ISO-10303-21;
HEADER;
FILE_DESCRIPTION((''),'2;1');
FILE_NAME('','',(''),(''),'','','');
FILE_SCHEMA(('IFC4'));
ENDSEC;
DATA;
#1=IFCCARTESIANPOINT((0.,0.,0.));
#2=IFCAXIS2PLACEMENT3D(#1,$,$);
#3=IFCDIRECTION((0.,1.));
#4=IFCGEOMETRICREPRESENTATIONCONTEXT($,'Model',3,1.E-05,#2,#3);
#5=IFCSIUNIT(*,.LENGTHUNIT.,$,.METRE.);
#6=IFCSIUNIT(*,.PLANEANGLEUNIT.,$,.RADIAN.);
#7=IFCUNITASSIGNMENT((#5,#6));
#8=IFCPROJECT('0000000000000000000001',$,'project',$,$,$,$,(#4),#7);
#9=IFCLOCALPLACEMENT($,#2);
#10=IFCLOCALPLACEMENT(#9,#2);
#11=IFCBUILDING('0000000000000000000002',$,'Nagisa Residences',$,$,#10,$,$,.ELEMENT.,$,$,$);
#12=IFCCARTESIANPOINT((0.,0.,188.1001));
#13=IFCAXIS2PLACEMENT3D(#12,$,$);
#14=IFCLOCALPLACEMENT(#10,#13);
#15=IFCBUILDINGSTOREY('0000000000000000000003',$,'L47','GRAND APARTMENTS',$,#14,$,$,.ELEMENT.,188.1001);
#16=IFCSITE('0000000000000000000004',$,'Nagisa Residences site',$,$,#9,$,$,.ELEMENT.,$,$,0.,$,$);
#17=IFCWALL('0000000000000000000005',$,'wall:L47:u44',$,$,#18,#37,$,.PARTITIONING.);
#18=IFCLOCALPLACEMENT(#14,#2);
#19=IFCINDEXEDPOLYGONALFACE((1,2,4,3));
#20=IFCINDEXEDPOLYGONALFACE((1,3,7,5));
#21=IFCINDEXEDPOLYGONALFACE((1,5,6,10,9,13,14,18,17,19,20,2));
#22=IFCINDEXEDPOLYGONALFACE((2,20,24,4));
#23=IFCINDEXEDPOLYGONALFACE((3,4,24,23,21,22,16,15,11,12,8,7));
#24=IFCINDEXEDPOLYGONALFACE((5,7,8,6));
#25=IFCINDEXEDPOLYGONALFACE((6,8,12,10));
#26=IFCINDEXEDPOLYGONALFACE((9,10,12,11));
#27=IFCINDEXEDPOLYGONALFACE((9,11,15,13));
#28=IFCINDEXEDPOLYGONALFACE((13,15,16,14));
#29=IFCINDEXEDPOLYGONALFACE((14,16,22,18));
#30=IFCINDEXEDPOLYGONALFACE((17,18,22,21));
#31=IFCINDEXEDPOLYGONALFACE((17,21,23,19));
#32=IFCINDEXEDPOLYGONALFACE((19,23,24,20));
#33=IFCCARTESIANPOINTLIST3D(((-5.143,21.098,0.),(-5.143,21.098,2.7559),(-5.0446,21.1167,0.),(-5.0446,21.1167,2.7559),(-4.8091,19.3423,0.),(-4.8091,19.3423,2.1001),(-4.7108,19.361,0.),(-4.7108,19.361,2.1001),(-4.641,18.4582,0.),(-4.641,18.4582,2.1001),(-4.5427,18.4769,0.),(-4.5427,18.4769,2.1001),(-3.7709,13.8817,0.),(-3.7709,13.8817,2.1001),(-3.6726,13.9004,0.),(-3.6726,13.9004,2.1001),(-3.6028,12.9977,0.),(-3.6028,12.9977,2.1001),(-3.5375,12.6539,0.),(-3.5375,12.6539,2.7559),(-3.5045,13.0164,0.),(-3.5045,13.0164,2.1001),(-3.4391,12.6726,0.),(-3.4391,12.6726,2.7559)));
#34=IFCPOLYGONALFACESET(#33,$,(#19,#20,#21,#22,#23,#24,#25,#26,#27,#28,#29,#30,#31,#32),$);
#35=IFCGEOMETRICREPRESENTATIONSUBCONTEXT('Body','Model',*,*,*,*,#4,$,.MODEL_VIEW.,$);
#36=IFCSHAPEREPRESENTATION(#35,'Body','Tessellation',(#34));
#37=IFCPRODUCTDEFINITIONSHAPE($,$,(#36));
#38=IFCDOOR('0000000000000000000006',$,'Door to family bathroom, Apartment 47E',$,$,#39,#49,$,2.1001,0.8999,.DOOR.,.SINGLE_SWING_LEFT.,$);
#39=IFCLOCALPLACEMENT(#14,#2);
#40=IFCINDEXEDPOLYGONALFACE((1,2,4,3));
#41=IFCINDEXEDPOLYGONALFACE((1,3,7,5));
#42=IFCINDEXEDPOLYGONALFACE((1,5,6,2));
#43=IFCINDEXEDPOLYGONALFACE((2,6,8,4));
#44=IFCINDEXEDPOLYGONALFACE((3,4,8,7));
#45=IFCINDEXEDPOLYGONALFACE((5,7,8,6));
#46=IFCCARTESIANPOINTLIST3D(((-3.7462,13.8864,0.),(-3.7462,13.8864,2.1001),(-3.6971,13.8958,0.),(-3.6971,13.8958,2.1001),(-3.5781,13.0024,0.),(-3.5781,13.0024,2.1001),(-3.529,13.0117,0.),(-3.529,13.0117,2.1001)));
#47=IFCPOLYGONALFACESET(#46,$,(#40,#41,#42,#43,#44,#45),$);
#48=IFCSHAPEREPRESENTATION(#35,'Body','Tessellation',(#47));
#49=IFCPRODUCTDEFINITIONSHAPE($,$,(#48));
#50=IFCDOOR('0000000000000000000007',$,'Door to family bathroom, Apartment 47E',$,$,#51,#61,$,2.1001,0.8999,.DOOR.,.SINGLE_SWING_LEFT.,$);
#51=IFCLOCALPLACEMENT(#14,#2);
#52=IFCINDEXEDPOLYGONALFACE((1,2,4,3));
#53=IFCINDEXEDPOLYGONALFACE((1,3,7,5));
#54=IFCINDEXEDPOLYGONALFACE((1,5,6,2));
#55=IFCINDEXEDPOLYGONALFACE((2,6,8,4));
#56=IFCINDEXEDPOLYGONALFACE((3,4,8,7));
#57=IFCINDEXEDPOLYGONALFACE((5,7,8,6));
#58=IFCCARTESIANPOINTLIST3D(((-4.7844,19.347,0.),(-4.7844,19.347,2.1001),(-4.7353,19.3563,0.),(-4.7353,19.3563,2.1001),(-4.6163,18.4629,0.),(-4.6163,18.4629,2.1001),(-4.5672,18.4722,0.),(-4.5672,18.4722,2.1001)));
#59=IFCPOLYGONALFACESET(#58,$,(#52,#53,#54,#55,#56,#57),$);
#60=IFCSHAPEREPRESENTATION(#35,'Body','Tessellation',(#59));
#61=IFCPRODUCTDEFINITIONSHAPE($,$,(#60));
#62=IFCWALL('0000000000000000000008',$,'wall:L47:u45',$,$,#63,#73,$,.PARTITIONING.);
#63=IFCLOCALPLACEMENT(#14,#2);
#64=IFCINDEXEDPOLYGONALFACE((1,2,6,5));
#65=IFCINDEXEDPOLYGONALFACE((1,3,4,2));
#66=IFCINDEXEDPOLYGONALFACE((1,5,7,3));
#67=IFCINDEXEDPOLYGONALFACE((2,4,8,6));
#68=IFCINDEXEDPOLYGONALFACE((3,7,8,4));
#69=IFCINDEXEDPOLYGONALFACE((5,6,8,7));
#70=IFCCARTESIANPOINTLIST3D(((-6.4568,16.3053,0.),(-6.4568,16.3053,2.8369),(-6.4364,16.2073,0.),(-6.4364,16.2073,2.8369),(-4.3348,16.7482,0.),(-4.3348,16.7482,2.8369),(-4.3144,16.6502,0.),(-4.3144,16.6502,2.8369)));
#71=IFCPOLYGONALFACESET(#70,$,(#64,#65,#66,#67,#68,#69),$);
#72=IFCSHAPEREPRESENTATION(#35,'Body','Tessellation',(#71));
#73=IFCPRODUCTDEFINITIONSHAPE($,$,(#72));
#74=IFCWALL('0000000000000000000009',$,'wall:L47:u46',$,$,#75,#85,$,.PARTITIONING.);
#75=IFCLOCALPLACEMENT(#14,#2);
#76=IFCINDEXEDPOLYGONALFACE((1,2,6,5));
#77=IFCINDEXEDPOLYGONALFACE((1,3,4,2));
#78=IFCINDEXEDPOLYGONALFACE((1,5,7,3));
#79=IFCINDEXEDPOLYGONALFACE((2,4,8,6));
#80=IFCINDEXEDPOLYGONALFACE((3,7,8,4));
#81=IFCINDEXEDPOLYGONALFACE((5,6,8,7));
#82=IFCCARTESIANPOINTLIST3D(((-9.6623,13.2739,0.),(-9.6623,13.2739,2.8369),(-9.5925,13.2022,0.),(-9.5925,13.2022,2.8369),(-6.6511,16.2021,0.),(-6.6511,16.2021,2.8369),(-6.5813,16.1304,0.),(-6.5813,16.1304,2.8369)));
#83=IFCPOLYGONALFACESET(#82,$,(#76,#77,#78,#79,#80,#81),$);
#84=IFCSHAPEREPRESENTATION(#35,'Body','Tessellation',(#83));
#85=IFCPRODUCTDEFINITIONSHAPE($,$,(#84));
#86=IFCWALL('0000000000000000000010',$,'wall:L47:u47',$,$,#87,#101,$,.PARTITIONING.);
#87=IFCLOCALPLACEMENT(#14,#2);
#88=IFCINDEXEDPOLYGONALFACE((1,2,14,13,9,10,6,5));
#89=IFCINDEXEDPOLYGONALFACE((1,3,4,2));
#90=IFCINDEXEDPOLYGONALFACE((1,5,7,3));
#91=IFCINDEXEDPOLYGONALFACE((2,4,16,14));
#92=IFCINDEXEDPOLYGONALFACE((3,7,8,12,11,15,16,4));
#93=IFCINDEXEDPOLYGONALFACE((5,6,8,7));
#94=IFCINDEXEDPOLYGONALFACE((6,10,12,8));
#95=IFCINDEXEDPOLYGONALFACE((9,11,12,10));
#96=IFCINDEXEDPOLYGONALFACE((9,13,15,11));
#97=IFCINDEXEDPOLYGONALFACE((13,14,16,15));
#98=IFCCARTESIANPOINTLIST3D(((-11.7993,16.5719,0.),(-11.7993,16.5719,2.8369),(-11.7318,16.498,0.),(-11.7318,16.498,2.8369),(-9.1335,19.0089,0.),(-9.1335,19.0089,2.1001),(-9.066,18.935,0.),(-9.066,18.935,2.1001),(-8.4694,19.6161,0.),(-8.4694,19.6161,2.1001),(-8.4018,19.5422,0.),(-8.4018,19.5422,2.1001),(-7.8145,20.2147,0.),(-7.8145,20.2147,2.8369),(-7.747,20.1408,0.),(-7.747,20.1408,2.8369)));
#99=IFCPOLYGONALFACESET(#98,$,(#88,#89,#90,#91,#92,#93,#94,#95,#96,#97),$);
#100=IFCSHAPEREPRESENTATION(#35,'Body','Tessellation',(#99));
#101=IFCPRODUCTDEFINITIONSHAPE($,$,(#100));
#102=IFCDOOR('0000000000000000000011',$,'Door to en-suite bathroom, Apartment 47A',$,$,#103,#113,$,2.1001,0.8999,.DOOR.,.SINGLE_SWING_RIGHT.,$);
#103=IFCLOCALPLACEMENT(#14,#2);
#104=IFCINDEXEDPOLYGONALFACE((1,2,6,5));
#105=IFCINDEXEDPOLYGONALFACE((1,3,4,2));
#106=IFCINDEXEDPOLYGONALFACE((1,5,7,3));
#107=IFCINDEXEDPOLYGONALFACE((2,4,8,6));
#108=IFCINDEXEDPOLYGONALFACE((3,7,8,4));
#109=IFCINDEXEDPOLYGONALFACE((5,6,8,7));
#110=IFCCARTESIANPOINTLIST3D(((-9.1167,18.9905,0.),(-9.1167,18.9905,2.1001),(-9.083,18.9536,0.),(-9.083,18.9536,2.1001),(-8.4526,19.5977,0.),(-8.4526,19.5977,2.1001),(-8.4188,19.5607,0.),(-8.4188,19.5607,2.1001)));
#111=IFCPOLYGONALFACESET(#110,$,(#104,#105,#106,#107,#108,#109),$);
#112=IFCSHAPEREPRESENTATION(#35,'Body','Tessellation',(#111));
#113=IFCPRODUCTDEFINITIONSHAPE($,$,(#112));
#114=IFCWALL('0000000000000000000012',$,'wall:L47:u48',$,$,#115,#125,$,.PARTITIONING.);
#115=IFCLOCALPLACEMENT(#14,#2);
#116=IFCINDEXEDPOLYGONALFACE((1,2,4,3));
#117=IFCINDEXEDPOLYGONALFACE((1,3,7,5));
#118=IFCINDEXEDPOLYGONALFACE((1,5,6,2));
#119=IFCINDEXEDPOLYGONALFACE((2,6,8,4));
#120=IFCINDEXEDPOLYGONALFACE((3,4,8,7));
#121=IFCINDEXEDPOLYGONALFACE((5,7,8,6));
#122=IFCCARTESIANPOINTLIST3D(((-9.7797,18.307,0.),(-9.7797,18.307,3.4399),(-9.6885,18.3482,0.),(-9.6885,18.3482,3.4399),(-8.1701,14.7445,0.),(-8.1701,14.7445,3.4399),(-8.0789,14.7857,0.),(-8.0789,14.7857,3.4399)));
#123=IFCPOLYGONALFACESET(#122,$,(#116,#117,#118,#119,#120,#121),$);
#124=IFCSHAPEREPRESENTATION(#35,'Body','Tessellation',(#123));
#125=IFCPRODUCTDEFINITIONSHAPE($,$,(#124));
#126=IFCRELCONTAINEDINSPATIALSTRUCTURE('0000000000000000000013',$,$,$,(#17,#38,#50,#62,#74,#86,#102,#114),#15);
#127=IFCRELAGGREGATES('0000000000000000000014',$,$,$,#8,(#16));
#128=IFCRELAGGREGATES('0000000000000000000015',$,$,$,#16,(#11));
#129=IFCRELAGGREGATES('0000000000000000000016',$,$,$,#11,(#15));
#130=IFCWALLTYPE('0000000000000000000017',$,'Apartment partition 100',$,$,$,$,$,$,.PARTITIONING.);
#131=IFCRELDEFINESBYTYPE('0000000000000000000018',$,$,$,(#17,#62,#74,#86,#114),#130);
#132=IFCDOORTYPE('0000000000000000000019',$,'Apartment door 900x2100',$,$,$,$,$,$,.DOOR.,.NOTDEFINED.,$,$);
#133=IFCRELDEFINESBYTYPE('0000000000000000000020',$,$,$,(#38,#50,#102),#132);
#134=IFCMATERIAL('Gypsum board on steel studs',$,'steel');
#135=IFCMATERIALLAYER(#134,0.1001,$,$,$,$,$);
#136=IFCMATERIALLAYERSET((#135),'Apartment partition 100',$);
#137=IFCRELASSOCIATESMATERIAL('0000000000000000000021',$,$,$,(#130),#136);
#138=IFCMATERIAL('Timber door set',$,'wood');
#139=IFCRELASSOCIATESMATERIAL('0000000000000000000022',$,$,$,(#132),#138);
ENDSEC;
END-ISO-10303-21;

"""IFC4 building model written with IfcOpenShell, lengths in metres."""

from ifc_helpers import new_model, si_unit, direction, frame, frame_2d, origin, place, context, subcontext, project, spatial, rectangle, extrude, material, layer, layer_set, type_object, element, fill, save


model = new_model("IFC4")

# Units and contexts
model_context = context("Model", 3, precision=1e-05, world=origin(), true_north=direction((0.0, 1.0)))
body_context = subcontext(model_context, "Body", "Model", "MODEL_VIEW")
ifc_project = project(units=[si_unit("LENGTHUNIT", "METRE"), si_unit("PLANEANGLEUNIT", "RADIAN")], contexts=[model_context])

# Site, building, storey
site_placement = place(None, origin())
site = spatial("IfcSite", under=ifc_project, at=site_placement, Name="Nagisa Residences site", CompositionType="ELEMENT", RefElevation=0.0)
building_placement = place(site_placement, origin())
building = spatial("IfcBuilding", under=site, at=building_placement, Name="Nagisa Residences", CompositionType="ELEMENT")
storey_placement = place(building_placement, frame((0.0, 0.0, 188.1001)))
storey = spatial("IfcBuildingStorey", under=building, at=storey_placement, Name="L47", Description="GRAND APARTMENTS", CompositionType="ELEMENT", Elevation=188.1001)

# Shared definitions
ifc_material_1 = material(Name="Gypsum board on steel studs", Category="steel")
ifc_layer_1 = layer(ifc_material_1, 0.1001)
ifc_layer_set_1 = layer_set([ifc_layer_1], Name="Apartment partition 100")
wall_type_1 = type_object("IfcWallType", Name="Apartment partition 100", PredefinedType="PARTITIONING", material=ifc_layer_set_1)
ifc_material_2 = material(Name="Timber door set", Category="wood")
door_type_1 = type_object("IfcDoorType", Name="Apartment door 900x2100", OperationType="NOTDEFINED", PredefinedType="DOOR", material=ifc_material_2)

# Wall, openings, doors
wall_1_placement = place(storey_placement, frame((-3.4883, 12.6631, 0.0), z_axis=(0.0, 0.0, 1.0), x_axis=(-0.186783, 0.982401, 0.0)))
wall_1 = element("IfcWall", 1, at=wall_1_placement, inside=storey, type_object=wall_type_1, Name="wall:L47:u44", PredefinedType="PARTITIONING", context=body_context, shape_type="SweptSolid", body=[
    extrude(rectangle(XDim=8.5955, YDim=0.1001, at=frame_2d((4.2979, 0.0))), origin(), (0.0, 0.0, 1.0), 2.7559),
])
opening_1_placement = place(wall_1_placement, frame((0.3501, 0.0, 0.0)))
opening_1 = element("IfcOpeningElement", 2, at=opening_1_placement, cuts=wall_1, PredefinedType="OPENING", context=body_context, shape_type="SweptSolid", body=[
    extrude(rectangle(XDim=0.8999, YDim=2.1001, at=frame_2d((0.45, 1.05))), frame((0.0, 0.0601, 0.0), z_axis=(0.0, -1.0, 0.0), x_axis=(1.0, 0.0, 0.0)), (0.0, 0.0, 1.0), 0.1201),
])
opening_2_placement = place(wall_1_placement, frame((5.9084, 0.0, 0.0)))
opening_2 = element("IfcOpeningElement", 3, at=opening_2_placement, cuts=wall_1, PredefinedType="OPENING", context=body_context, shape_type="SweptSolid", body=[
    extrude(rectangle(XDim=0.8999, YDim=2.1001, at=frame_2d((0.45, 1.05))), frame((0.0, 0.0601, 0.0), z_axis=(0.0, -1.0, 0.0), x_axis=(1.0, 0.0, 0.0)), (0.0, 0.0, 1.0), 0.1201),
])
door_1_placement = place(opening_1_placement, origin())
door_1 = element("IfcDoor", 4, at=door_1_placement, inside=storey, type_object=door_type_1, Name="Door to family bathroom, Apartment 47E", OperationType="SINGLE_SWING_LEFT", OverallHeight=2.1001, OverallWidth=0.8999, PredefinedType="DOOR", context=body_context, shape_type="SweptSolid", body=[
    extrude(rectangle(XDim=0.8999, YDim=2.1001, at=frame_2d((0.45, 1.05))), frame((0.0, 0.0249, 0.0), z_axis=(0.0, -1.0, 0.0), x_axis=(1.0, 0.0, 0.0)), (0.0, 0.0, 1.0), 0.05),
])
fill(opening_1, door_1)
door_2_placement = place(opening_2_placement, origin())
door_2 = element("IfcDoor", 5, at=door_2_placement, inside=storey, type_object=door_type_1, Name="Door to family bathroom, Apartment 47E", OperationType="SINGLE_SWING_LEFT", OverallHeight=2.1001, OverallWidth=0.8999, PredefinedType="DOOR", context=body_context, shape_type="SweptSolid", body=[
    extrude(rectangle(XDim=0.8999, YDim=2.1001, at=frame_2d((0.45, 1.05))), frame((0.0, 0.0249, 0.0), z_axis=(0.0, -1.0, 0.0), x_axis=(1.0, 0.0, 0.0)), (0.0, 0.0, 1.0), 0.05),
])
fill(opening_2, door_2)

# Walls
wall_2_placement = place(storey_placement, frame((-4.3245, 16.6992, 0.0), z_axis=(0.0, 0.0, 1.0), x_axis=(-0.978909, -0.204296, 0.0)))
element("IfcWall", 6, at=wall_2_placement, inside=storey, type_object=wall_type_1, Name="wall:L47:u45", PredefinedType="PARTITIONING", context=body_context, shape_type="SweptSolid", body=[
    extrude(rectangle(XDim=2.1677, YDim=0.1001, at=frame_2d((1.084, 0.0))), origin(), (0.0, 0.0, 1.0), 2.8369),
])
wall_3_placement = place(storey_placement, frame((-6.6162, 16.1663, 0.0), z_axis=(0.0, 0.0, 1.0), x_axis=(-0.716919, -0.697156, 0.0)))
element("IfcWall", 7, at=wall_3_placement, inside=storey, type_object=wall_type_1, Name="wall:L47:u46", PredefinedType="PARTITIONING", context=body_context, shape_type="SweptSolid", body=[
    extrude(rectangle(XDim=4.2002, YDim=0.1001, at=frame_2d((2.1001, 0.0))), origin(), (0.0, 0.0, 1.0), 2.8369),
])

# Wall, opening, door
wall_4_placement = place(storey_placement, frame((-7.7808, 20.1777, 0.0), z_axis=(0.0, 0.0, 1.0), x_axis=(-0.738073, -0.674721, 0.0)))
wall_4 = element("IfcWall", 8, at=wall_4_placement, inside=storey, type_object=wall_type_1, Name="wall:L47:u47", PredefinedType="PARTITIONING", context=body_context, shape_type="SweptSolid", body=[
    extrude(rectangle(XDim=5.3989, YDim=0.1001, at=frame_2d((2.6995, 0.0))), origin(), (0.0, 0.0, 1.0), 2.8369),
])
opening_3_placement = place(wall_4_placement, frame((0.8872, 0.0, 0.0)))
opening_3 = element("IfcOpeningElement", 9, at=opening_3_placement, cuts=wall_4, PredefinedType="OPENING", context=body_context, shape_type="SweptSolid", body=[
    extrude(rectangle(XDim=0.8999, YDim=2.1001, at=frame_2d((0.45, 1.05))), frame((0.0, 0.0601, 0.0), z_axis=(0.0, -1.0, 0.0), x_axis=(1.0, 0.0, 0.0)), (0.0, 0.0, 1.0), 0.1201),
])
door_3_placement = place(opening_3_placement, origin())
door_3 = element("IfcDoor", 10, at=door_3_placement, inside=storey, type_object=door_type_1, Name="Door to en-suite bathroom, Apartment 47A", OperationType="SINGLE_SWING_RIGHT", OverallHeight=2.1001, OverallWidth=0.8999, PredefinedType="DOOR", context=body_context, shape_type="SweptSolid", body=[
    extrude(rectangle(XDim=0.8999, YDim=2.1001, at=frame_2d((0.45, 1.05))), frame((0.0, 0.0249, 0.0), z_axis=(0.0, -1.0, 0.0), x_axis=(1.0, 0.0, 0.0)), (0.0, 0.0, 1.0), 0.05),
])
fill(opening_3, door_3)

# Wall
wall_5_placement = place(storey_placement, frame((-8.1245, 14.7651, 0.0), z_axis=(0.0, 0.0, 1.0), x_axis=(-0.411746, 0.911299, 0.0)))
element("IfcWall", 11, at=wall_5_placement, inside=storey, type_object=wall_type_1, Name="wall:L47:u48", PredefinedType="PARTITIONING", context=body_context, shape_type="SweptSolid", body=[
    extrude(rectangle(XDim=3.9092, YDim=0.1001, at=frame_2d((1.9546, 0.0))), origin(), (0.0, 0.0, 1.0), 3.4399),
])

save(model, "model.ifc")
